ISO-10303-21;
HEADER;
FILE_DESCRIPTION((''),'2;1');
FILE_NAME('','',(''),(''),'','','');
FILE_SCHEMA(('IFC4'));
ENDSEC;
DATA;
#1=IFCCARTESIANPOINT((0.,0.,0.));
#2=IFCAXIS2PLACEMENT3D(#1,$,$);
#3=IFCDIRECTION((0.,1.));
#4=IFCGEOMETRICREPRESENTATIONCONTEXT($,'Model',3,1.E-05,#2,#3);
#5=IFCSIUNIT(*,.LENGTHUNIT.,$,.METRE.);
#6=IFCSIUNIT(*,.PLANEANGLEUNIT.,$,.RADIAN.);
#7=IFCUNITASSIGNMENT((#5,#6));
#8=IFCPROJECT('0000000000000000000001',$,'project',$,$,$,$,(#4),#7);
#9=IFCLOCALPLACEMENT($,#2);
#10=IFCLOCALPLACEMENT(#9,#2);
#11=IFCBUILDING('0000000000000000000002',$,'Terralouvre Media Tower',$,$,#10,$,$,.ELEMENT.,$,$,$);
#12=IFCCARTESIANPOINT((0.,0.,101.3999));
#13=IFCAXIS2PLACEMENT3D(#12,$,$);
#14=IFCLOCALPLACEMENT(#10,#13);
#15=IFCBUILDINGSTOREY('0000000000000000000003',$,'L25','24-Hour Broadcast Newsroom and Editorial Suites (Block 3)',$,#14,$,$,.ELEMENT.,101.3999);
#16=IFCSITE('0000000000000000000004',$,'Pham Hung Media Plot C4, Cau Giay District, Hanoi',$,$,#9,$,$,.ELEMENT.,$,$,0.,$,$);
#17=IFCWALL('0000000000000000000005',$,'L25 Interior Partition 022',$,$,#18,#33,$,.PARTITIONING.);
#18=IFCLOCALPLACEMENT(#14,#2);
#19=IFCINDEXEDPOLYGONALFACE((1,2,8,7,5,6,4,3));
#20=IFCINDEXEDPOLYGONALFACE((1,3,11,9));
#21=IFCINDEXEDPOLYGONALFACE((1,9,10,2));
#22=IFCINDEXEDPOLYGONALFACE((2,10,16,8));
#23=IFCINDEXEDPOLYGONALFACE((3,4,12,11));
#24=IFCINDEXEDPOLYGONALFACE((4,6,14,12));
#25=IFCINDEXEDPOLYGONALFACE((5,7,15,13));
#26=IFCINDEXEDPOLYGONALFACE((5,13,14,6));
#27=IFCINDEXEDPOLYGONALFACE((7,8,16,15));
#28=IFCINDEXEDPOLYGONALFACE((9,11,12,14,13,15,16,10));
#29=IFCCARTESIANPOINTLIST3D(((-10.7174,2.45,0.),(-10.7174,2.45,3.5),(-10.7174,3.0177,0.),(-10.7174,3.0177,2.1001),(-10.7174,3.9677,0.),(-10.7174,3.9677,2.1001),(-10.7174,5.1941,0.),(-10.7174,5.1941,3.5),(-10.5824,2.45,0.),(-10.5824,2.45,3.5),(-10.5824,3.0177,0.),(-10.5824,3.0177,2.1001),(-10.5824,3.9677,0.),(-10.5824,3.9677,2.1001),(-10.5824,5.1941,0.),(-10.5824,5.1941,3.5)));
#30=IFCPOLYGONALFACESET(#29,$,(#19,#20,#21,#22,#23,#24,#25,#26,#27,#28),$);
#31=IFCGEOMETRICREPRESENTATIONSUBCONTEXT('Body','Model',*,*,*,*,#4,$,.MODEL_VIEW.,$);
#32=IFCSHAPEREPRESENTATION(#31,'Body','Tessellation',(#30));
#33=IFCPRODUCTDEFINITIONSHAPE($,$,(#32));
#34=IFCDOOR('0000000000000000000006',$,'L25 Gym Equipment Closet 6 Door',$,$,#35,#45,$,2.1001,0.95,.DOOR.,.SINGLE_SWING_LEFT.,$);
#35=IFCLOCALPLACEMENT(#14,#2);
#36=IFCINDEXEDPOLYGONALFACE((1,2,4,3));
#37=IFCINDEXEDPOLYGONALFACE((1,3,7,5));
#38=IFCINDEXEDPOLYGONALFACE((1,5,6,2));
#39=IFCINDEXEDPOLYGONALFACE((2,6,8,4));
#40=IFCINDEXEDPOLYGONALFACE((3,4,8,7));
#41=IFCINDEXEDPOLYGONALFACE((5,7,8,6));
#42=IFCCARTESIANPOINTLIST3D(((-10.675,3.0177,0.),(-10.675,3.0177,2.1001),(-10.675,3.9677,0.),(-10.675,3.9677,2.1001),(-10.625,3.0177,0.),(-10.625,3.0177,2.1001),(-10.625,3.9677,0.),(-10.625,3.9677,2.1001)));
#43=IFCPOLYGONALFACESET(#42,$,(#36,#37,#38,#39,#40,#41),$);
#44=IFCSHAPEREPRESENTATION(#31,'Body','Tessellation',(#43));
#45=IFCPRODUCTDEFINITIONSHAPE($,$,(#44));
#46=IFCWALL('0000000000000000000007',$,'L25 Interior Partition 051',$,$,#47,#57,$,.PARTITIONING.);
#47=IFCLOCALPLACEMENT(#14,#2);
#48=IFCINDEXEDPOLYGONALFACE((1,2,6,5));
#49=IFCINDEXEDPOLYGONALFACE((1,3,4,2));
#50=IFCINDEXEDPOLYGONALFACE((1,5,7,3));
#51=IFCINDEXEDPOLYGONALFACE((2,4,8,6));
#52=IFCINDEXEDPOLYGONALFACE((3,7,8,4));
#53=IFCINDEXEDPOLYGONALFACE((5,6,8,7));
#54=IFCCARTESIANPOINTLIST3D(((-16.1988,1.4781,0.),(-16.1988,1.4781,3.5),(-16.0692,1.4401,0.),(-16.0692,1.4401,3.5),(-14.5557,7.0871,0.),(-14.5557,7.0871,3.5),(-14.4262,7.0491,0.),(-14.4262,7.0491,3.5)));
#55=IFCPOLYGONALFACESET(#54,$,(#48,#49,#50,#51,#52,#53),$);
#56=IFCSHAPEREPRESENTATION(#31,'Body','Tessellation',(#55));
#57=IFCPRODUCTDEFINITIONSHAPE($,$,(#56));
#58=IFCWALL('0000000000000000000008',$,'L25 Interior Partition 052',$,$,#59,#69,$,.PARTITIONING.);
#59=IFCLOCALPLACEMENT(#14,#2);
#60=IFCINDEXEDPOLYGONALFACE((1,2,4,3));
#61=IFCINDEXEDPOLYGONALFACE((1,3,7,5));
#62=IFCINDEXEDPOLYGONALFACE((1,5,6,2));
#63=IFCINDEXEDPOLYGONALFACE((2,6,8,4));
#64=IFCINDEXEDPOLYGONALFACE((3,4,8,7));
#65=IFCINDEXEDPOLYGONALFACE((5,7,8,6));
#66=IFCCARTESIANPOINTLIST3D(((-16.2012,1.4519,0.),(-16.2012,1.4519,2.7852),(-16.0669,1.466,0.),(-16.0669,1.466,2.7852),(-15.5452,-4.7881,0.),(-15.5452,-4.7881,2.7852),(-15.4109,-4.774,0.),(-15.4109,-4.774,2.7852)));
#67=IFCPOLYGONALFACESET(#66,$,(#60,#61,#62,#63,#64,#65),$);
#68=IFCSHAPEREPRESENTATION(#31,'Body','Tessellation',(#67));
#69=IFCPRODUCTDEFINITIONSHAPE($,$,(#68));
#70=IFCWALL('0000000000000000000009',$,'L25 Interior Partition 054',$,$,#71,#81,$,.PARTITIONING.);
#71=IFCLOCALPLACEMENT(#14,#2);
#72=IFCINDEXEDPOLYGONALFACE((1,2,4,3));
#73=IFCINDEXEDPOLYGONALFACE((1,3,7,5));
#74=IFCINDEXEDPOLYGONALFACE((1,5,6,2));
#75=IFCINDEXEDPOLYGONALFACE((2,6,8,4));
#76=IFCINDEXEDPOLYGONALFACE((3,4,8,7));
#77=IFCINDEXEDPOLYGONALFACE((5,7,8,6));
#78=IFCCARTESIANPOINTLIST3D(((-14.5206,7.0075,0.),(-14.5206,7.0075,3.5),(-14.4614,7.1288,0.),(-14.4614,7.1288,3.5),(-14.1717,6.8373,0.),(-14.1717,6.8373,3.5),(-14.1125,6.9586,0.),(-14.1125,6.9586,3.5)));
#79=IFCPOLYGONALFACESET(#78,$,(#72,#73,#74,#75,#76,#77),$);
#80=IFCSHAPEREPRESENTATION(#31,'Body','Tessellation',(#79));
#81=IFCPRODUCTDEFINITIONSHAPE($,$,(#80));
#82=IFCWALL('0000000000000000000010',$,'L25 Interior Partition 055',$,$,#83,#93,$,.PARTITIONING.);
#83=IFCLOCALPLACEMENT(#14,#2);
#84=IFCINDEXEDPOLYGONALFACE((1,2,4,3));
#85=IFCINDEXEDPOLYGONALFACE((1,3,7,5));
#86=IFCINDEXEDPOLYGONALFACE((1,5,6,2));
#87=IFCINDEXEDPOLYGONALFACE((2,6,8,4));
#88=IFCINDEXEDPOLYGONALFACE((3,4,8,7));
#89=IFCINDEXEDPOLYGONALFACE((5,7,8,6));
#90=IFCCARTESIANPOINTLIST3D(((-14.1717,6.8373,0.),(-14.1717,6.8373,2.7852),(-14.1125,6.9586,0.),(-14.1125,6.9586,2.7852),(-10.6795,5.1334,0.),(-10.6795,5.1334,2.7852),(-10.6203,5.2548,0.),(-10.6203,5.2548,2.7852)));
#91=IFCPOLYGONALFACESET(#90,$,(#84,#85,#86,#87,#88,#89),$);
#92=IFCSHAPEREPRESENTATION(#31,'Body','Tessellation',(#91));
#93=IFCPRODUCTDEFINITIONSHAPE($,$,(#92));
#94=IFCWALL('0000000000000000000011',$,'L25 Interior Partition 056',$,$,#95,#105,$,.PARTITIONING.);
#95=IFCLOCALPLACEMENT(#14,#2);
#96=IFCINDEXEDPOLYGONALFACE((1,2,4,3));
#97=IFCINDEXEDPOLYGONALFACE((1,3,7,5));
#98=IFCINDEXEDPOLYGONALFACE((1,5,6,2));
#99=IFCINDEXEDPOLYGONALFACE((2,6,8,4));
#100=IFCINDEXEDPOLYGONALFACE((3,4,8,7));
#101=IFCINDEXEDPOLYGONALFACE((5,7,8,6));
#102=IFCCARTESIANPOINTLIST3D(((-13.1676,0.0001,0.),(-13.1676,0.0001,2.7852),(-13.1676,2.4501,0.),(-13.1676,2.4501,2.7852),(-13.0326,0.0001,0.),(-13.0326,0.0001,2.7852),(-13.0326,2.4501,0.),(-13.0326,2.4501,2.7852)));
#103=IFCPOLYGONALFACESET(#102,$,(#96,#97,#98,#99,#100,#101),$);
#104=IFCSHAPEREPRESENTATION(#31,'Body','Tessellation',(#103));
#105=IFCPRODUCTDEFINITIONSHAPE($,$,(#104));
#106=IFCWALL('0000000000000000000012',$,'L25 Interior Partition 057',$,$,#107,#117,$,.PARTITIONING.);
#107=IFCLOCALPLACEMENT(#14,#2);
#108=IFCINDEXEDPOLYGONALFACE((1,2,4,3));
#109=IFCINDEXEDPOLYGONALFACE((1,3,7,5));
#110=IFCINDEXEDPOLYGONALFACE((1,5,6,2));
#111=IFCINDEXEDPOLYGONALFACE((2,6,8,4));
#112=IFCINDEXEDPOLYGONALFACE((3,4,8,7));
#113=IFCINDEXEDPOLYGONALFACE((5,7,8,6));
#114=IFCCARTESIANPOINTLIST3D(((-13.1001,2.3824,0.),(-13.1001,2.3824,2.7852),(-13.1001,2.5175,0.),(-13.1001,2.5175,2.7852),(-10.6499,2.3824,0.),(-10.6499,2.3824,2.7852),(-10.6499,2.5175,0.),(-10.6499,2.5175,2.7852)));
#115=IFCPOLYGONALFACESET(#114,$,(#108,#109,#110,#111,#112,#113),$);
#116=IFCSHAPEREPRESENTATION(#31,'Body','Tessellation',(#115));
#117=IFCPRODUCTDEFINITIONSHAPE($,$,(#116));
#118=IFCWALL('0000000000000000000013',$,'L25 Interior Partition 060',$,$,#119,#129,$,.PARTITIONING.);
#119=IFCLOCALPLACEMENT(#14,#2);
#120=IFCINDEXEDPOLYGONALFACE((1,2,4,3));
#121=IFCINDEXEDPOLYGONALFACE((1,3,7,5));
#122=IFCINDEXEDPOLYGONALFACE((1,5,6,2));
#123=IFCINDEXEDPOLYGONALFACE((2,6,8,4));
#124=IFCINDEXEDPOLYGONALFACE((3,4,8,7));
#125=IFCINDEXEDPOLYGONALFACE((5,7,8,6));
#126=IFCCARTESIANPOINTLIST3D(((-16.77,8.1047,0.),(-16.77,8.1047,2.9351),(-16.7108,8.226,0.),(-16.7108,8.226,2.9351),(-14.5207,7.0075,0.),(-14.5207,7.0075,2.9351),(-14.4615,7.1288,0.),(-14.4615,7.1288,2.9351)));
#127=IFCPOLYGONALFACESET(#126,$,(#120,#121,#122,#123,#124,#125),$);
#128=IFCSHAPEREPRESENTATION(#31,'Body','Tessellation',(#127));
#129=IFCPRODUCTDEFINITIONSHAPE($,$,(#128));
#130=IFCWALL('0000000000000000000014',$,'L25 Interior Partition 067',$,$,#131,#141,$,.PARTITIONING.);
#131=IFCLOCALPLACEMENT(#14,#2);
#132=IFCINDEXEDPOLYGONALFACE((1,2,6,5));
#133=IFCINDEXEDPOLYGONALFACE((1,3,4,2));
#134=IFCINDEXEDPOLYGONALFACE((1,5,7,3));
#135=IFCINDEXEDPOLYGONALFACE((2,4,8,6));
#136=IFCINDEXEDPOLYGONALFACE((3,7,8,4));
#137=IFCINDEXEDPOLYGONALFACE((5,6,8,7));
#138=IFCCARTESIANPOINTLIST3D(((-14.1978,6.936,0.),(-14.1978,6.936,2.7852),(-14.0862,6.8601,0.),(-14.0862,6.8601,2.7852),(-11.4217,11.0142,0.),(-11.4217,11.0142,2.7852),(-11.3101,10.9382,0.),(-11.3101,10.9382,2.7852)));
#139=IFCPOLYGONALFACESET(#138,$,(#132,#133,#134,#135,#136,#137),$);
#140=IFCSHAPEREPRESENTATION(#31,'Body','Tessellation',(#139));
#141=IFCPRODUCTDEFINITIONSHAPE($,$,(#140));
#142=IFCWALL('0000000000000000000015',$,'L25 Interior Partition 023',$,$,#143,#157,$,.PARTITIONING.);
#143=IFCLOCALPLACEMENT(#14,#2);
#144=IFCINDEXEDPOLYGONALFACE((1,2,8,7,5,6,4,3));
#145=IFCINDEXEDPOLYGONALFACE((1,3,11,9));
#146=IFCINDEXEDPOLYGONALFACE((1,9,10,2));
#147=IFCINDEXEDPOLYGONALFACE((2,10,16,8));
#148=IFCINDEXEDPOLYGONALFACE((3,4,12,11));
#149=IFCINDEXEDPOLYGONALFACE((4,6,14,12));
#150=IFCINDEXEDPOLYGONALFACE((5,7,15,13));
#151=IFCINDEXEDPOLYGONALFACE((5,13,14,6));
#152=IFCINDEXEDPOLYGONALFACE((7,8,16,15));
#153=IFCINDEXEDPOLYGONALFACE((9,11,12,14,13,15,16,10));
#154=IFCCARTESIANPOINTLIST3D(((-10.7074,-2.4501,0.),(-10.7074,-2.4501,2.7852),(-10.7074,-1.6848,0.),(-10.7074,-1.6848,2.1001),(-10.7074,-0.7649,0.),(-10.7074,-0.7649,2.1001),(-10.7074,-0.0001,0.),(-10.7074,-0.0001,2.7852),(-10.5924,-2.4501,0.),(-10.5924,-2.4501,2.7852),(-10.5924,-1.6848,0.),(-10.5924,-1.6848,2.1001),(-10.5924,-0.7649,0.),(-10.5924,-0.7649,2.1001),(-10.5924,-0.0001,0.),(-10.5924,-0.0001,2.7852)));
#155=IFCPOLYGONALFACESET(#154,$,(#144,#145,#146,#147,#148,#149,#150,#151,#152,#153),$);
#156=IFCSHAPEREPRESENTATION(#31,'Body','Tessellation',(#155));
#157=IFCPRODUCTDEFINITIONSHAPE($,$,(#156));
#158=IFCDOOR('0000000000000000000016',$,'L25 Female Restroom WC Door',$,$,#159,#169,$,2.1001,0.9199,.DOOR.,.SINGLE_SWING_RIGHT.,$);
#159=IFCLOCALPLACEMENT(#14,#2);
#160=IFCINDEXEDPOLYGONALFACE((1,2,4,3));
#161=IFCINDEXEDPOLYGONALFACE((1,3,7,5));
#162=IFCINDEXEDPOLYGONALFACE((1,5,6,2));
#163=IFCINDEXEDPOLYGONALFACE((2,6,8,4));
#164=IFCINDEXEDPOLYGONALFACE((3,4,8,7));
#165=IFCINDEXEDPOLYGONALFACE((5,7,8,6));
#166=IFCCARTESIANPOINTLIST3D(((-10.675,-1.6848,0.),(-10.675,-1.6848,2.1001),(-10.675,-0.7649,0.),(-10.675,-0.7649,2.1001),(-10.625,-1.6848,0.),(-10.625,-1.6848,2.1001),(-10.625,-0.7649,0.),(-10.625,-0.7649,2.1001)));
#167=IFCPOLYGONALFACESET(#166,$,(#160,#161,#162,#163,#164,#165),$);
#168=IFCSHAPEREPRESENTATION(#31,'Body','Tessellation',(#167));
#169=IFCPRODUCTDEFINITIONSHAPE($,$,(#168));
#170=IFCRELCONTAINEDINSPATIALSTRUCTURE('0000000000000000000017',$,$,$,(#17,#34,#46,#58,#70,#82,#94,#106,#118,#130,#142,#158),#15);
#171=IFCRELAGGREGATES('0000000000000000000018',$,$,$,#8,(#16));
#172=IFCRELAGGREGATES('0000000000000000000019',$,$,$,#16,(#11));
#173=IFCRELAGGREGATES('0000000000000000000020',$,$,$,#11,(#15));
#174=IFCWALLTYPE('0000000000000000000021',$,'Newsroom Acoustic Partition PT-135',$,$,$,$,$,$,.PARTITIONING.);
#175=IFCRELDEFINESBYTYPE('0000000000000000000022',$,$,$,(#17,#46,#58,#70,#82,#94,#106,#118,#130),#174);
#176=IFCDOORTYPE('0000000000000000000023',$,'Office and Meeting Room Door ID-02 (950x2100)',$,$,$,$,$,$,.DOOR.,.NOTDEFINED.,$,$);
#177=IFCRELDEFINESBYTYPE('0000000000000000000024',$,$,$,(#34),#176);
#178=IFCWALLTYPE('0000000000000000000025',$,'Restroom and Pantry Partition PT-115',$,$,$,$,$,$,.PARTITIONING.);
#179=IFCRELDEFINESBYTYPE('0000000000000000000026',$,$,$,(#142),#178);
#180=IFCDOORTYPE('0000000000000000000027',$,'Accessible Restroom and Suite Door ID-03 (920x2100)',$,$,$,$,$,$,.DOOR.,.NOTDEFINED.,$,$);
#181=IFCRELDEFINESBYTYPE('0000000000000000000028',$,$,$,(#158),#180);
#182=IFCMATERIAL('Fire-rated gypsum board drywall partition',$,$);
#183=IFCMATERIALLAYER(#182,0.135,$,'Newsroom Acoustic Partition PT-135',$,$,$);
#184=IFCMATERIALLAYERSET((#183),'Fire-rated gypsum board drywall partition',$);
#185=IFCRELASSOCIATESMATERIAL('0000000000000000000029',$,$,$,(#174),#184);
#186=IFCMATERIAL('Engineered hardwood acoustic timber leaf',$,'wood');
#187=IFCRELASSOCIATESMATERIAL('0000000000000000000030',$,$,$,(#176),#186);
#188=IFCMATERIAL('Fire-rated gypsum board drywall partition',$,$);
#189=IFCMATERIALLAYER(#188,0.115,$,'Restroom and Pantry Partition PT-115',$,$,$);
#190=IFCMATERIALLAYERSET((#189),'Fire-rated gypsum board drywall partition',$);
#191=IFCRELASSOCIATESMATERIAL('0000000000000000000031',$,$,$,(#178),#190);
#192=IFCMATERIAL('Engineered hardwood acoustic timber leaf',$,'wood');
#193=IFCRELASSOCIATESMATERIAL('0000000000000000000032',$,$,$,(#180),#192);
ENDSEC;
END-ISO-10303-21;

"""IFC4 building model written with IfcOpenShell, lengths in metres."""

from ifc_helpers import new_model, si_unit, direction, frame, frame_2d, origin, place, context, subcontext, project, spatial, rectangle, extrude, material, layer, layer_set, type_object, element, fill, save


model = new_model("IFC4")

# Units and contexts
model_context = context("Model", 3, precision=1e-05, world=origin(), true_north=direction((0.0, 1.0)))
body_context = subcontext(model_context, "Body", "Model", "MODEL_VIEW")
ifc_project = project(units=[si_unit("LENGTHUNIT", "METRE"), si_unit("PLANEANGLEUNIT", "RADIAN")], contexts=[model_context])

# Site, building, storey
site_placement = place(None, origin())
site = spatial("IfcSite", under=ifc_project, at=site_placement, Name="Pham Hung Media Plot C4, Cau Giay District, Hanoi", CompositionType="ELEMENT", RefElevation=0.0)
building_placement = place(site_placement, origin())
building = spatial("IfcBuilding", under=site, at=building_placement, Name="Terralouvre Media Tower", CompositionType="ELEMENT")
storey_placement = place(building_placement, frame((0.0, 0.0, 101.3999)))
storey = spatial("IfcBuildingStorey", under=building, at=storey_placement, Name="L25", Description="24-Hour Broadcast Newsroom and Editorial Suites (Block 3)", CompositionType="ELEMENT", Elevation=101.3999)

# Wall, opening, door
ifc_material_1 = material(Name="Fire-rated gypsum board drywall partition")
ifc_layer_1 = layer(ifc_material_1, 0.135, Name="Newsroom Acoustic Partition PT-135")
ifc_layer_set_1 = layer_set([ifc_layer_1], Name="Fire-rated gypsum board drywall partition")
wall_type_1 = type_object("IfcWallType", Name="Newsroom Acoustic Partition PT-135", PredefinedType="PARTITIONING", material=ifc_layer_set_1)
wall_1_placement = place(storey_placement, frame((-10.6499, 5.1941, 0.0), z_axis=(0.0, 0.0, 1.0), x_axis=(0.0, -1.0, 0.0)))
wall_1 = element("IfcWall", 1, at=wall_1_placement, inside=storey, type_object=wall_type_1, Name="L25 Interior Partition 022", PredefinedType="PARTITIONING", context=body_context, shape_type="SweptSolid", body=[
    extrude(rectangle(XDim=2.7441, YDim=0.135, at=frame_2d((1.3721, 0.0))), origin(), (0.0, 0.0, 1.0), 3.5),
])
opening_1_placement = place(wall_1_placement, frame((1.2263, 0.0, 0.0)))
opening_1 = element("IfcOpeningElement", 2, at=opening_1_placement, cuts=wall_1, PredefinedType="OPENING", context=body_context, shape_type="SweptSolid", body=[
    extrude(rectangle(XDim=0.95, YDim=2.1001, at=frame_2d((0.4751, 1.05))), frame((0.0, 0.0774, 0.0), z_axis=(0.0, -1.0, 0.0), x_axis=(1.0, 0.0, 0.0)), (0.0, 0.0, 1.0), 0.155),
])
ifc_material_2 = material(Name="Engineered hardwood acoustic timber leaf", Category="wood")
door_type_1 = type_object("IfcDoorType", Name="Office and Meeting Room Door ID-02 (950x2100)", OperationType="NOTDEFINED", PredefinedType="DOOR", material=ifc_material_2)
door_1_placement = place(opening_1_placement, origin())
door_1 = element("IfcDoor", 3, at=door_1_placement, inside=storey, type_object=door_type_1, Name="L25 Gym Equipment Closet 6 Door", OperationType="SINGLE_SWING_LEFT", OverallHeight=2.1001, OverallWidth=0.95, PredefinedType="DOOR", context=body_context, shape_type="SweptSolid", body=[
    extrude(rectangle(XDim=0.95, YDim=2.1001, at=frame_2d((0.4751, 1.05))), frame((0.0, 0.0249, 0.0), z_axis=(0.0, -1.0, 0.0), x_axis=(1.0, 0.0, 0.0)), (0.0, 0.0, 1.0), 0.05),
])
fill(opening_1, door_1)

# Walls
wall_2_placement = place(storey_placement, frame((-14.491, 7.0681, 0.0), z_axis=(0.0, 0.0, 1.0), x_axis=(-0.281115, -0.959674, 0.0)))
element("IfcWall", 4, at=wall_2_placement, inside=storey, type_object=wall_type_1, Name="L25 Interior Partition 051", PredefinedType="PARTITIONING", context=body_context, shape_type="SweptSolid", body=[
    extrude(rectangle(XDim=5.8447, YDim=0.135, at=frame_2d((2.9224, 0.0))), origin(), (0.0, 0.0, 1.0), 3.5),
])
wall_3_placement = place(storey_placement, frame((-16.134, 1.459, 0.0), z_axis=(0.0, 0.0, 1.0), x_axis=(0.104553, -0.994519, 0.0)))
element("IfcWall", 5, at=wall_3_placement, inside=storey, type_object=wall_type_1, Name="L25 Interior Partition 052", PredefinedType="PARTITIONING", context=body_context, shape_type="SweptSolid", body=[
    extrude(rectangle(XDim=6.2744, YDim=0.135, at=frame_2d((3.1372, 0.0))), origin(), (0.0, 0.0, 1.0), 2.7852),
])
wall_4_placement = place(storey_placement, frame((-14.1421, 6.8979, 0.0), z_axis=(0.0, 0.0, 1.0), x_axis=(-0.898787, 0.438386, 0.0)))
element("IfcWall", 6, at=wall_4_placement, inside=storey, type_object=wall_type_1, Name="L25 Interior Partition 054", PredefinedType="PARTITIONING", context=body_context, shape_type="SweptSolid", body=[
    extrude(rectangle(XDim=0.3882, YDim=0.135, at=frame_2d((0.1941, 0.0))), origin(), (0.0, 0.0, 1.0), 3.5),
])
wall_5_placement = place(storey_placement, frame((-10.6499, 5.1941, 0.0), z_axis=(0.0, 0.0, 1.0), x_axis=(-0.898733, 0.438497, 0.0)))
element("IfcWall", 7, at=wall_5_placement, inside=storey, type_object=wall_type_1, Name="L25 Interior Partition 055", PredefinedType="PARTITIONING", context=body_context, shape_type="SweptSolid", body=[
    extrude(rectangle(XDim=3.8857, YDim=0.135, at=frame_2d((1.9429, 0.0))), origin(), (0.0, 0.0, 1.0), 2.7852),
])
wall_6_placement = place(storey_placement, frame((-13.1001, 0.0, 0.0), z_axis=(0.0, 0.0, 1.0), x_axis=(0.0, 1.0, 0.0)))
element("IfcWall", 8, at=wall_6_placement, inside=storey, type_object=wall_type_1, Name="L25 Interior Partition 056", PredefinedType="PARTITIONING", context=body_context, shape_type="SweptSolid", body=[
    extrude(rectangle(XDim=2.45, YDim=0.135, at=frame_2d((1.2251, 0.0))), origin(), (0.0, 0.0, 1.0), 2.7852),
])
wall_7_placement = place(storey_placement, frame((-13.1001, 2.45, 0.0), z_axis=(0.0, 0.0, 1.0), x_axis=(1.0, 0.0, 0.0)))
element("IfcWall", 9, at=wall_7_placement, inside=storey, type_object=wall_type_1, Name="L25 Interior Partition 057", PredefinedType="PARTITIONING", context=body_context, shape_type="SweptSolid", body=[
    extrude(rectangle(XDim=2.4502, YDim=0.135, at=frame_2d((1.2251, 0.0))), origin(), (0.0, 0.0, 1.0), 2.7852),
])
wall_8_placement = place(storey_placement, frame((-14.491, 7.0681, 0.0), z_axis=(0.0, 0.0, 1.0), x_axis=(-0.898774, 0.438412, 0.0)))
element("IfcWall", 10, at=wall_8_placement, inside=storey, type_object=wall_type_1, Name="L25 Interior Partition 060", PredefinedType="PARTITIONING", context=body_context, shape_type="SweptSolid", body=[
    extrude(rectangle(XDim=2.5027, YDim=0.135, at=frame_2d((1.2515, 0.0))), origin(), (0.0, 0.0, 1.0), 2.9351),
])
wall_9_placement = place(storey_placement, frame((-14.1421, 6.8979, 0.0), z_axis=(0.0, 0.0, 1.0), x_axis=(0.562726, 0.826644, 0.0)))
element("IfcWall", 11, at=wall_9_placement, inside=storey, type_object=wall_type_1, Name="L25 Interior Partition 067", PredefinedType="PARTITIONING", context=body_context, shape_type="SweptSolid", body=[
    extrude(rectangle(XDim=4.9333, YDim=0.135, at=frame_2d((2.4668, 0.0))), origin(), (0.0, 0.0, 1.0), 2.7852),
])

# Wall, opening, door
ifc_material_3 = material(Name="Fire-rated gypsum board drywall partition")
ifc_layer_2 = layer(ifc_material_3, 0.115, Name="Restroom and Pantry Partition PT-115")
ifc_layer_set_2 = layer_set([ifc_layer_2], Name="Fire-rated gypsum board drywall partition")
wall_type_2 = type_object("IfcWallType", Name="Restroom and Pantry Partition PT-115", PredefinedType="PARTITIONING", material=ifc_layer_set_2)
wall_10_placement = place(storey_placement, frame((-10.6499, 0.0, 0.0), z_axis=(0.0, 0.0, 1.0), x_axis=(0.0, -1.0, 0.0)))
wall_10 = element("IfcWall", 12, at=wall_10_placement, inside=storey, type_object=wall_type_2, Name="L25 Interior Partition 023", PredefinedType="PARTITIONING", context=body_context, shape_type="SweptSolid", body=[
    extrude(rectangle(XDim=2.45, YDim=0.115, at=frame_2d((1.2251, 0.0))), origin(), (0.0, 0.0, 1.0), 2.7852),
])
opening_2_placement = place(wall_10_placement, frame((0.7649, 0.0, 0.0)))
opening_2 = element("IfcOpeningElement", 13, at=opening_2_placement, cuts=wall_10, PredefinedType="OPENING", context=body_context, shape_type="SweptSolid", body=[
    extrude(rectangle(XDim=0.9199, YDim=2.1001, at=frame_2d((0.46, 1.05))), frame((0.0, 0.0674, 0.0), z_axis=(0.0, -1.0, 0.0), x_axis=(1.0, 0.0, 0.0)), (0.0, 0.0, 1.0), 0.135),
])
ifc_material_4 = material(Name="Engineered hardwood acoustic timber leaf", Category="wood")
door_type_2 = type_object("IfcDoorType", Name="Accessible Restroom and Suite Door ID-03 (920x2100)", OperationType="NOTDEFINED", PredefinedType="DOOR", material=ifc_material_4)
door_2_placement = place(opening_2_placement, origin())
door_2 = element("IfcDoor", 14, at=door_2_placement, inside=storey, type_object=door_type_2, Name="L25 Female Restroom WC Door", OperationType="SINGLE_SWING_RIGHT", OverallHeight=2.1001, OverallWidth=0.9199, PredefinedType="DOOR", context=body_context, shape_type="SweptSolid", body=[
    extrude(rectangle(XDim=0.9199, YDim=2.1001, at=frame_2d((0.46, 1.05))), frame((0.0, 0.0249, 0.0), z_axis=(0.0, -1.0, 0.0), x_axis=(1.0, 0.0, 0.0)), (0.0, 0.0, 1.0), 0.05),
])
fill(opening_2, door_2)

save(model, "model.ifc")
